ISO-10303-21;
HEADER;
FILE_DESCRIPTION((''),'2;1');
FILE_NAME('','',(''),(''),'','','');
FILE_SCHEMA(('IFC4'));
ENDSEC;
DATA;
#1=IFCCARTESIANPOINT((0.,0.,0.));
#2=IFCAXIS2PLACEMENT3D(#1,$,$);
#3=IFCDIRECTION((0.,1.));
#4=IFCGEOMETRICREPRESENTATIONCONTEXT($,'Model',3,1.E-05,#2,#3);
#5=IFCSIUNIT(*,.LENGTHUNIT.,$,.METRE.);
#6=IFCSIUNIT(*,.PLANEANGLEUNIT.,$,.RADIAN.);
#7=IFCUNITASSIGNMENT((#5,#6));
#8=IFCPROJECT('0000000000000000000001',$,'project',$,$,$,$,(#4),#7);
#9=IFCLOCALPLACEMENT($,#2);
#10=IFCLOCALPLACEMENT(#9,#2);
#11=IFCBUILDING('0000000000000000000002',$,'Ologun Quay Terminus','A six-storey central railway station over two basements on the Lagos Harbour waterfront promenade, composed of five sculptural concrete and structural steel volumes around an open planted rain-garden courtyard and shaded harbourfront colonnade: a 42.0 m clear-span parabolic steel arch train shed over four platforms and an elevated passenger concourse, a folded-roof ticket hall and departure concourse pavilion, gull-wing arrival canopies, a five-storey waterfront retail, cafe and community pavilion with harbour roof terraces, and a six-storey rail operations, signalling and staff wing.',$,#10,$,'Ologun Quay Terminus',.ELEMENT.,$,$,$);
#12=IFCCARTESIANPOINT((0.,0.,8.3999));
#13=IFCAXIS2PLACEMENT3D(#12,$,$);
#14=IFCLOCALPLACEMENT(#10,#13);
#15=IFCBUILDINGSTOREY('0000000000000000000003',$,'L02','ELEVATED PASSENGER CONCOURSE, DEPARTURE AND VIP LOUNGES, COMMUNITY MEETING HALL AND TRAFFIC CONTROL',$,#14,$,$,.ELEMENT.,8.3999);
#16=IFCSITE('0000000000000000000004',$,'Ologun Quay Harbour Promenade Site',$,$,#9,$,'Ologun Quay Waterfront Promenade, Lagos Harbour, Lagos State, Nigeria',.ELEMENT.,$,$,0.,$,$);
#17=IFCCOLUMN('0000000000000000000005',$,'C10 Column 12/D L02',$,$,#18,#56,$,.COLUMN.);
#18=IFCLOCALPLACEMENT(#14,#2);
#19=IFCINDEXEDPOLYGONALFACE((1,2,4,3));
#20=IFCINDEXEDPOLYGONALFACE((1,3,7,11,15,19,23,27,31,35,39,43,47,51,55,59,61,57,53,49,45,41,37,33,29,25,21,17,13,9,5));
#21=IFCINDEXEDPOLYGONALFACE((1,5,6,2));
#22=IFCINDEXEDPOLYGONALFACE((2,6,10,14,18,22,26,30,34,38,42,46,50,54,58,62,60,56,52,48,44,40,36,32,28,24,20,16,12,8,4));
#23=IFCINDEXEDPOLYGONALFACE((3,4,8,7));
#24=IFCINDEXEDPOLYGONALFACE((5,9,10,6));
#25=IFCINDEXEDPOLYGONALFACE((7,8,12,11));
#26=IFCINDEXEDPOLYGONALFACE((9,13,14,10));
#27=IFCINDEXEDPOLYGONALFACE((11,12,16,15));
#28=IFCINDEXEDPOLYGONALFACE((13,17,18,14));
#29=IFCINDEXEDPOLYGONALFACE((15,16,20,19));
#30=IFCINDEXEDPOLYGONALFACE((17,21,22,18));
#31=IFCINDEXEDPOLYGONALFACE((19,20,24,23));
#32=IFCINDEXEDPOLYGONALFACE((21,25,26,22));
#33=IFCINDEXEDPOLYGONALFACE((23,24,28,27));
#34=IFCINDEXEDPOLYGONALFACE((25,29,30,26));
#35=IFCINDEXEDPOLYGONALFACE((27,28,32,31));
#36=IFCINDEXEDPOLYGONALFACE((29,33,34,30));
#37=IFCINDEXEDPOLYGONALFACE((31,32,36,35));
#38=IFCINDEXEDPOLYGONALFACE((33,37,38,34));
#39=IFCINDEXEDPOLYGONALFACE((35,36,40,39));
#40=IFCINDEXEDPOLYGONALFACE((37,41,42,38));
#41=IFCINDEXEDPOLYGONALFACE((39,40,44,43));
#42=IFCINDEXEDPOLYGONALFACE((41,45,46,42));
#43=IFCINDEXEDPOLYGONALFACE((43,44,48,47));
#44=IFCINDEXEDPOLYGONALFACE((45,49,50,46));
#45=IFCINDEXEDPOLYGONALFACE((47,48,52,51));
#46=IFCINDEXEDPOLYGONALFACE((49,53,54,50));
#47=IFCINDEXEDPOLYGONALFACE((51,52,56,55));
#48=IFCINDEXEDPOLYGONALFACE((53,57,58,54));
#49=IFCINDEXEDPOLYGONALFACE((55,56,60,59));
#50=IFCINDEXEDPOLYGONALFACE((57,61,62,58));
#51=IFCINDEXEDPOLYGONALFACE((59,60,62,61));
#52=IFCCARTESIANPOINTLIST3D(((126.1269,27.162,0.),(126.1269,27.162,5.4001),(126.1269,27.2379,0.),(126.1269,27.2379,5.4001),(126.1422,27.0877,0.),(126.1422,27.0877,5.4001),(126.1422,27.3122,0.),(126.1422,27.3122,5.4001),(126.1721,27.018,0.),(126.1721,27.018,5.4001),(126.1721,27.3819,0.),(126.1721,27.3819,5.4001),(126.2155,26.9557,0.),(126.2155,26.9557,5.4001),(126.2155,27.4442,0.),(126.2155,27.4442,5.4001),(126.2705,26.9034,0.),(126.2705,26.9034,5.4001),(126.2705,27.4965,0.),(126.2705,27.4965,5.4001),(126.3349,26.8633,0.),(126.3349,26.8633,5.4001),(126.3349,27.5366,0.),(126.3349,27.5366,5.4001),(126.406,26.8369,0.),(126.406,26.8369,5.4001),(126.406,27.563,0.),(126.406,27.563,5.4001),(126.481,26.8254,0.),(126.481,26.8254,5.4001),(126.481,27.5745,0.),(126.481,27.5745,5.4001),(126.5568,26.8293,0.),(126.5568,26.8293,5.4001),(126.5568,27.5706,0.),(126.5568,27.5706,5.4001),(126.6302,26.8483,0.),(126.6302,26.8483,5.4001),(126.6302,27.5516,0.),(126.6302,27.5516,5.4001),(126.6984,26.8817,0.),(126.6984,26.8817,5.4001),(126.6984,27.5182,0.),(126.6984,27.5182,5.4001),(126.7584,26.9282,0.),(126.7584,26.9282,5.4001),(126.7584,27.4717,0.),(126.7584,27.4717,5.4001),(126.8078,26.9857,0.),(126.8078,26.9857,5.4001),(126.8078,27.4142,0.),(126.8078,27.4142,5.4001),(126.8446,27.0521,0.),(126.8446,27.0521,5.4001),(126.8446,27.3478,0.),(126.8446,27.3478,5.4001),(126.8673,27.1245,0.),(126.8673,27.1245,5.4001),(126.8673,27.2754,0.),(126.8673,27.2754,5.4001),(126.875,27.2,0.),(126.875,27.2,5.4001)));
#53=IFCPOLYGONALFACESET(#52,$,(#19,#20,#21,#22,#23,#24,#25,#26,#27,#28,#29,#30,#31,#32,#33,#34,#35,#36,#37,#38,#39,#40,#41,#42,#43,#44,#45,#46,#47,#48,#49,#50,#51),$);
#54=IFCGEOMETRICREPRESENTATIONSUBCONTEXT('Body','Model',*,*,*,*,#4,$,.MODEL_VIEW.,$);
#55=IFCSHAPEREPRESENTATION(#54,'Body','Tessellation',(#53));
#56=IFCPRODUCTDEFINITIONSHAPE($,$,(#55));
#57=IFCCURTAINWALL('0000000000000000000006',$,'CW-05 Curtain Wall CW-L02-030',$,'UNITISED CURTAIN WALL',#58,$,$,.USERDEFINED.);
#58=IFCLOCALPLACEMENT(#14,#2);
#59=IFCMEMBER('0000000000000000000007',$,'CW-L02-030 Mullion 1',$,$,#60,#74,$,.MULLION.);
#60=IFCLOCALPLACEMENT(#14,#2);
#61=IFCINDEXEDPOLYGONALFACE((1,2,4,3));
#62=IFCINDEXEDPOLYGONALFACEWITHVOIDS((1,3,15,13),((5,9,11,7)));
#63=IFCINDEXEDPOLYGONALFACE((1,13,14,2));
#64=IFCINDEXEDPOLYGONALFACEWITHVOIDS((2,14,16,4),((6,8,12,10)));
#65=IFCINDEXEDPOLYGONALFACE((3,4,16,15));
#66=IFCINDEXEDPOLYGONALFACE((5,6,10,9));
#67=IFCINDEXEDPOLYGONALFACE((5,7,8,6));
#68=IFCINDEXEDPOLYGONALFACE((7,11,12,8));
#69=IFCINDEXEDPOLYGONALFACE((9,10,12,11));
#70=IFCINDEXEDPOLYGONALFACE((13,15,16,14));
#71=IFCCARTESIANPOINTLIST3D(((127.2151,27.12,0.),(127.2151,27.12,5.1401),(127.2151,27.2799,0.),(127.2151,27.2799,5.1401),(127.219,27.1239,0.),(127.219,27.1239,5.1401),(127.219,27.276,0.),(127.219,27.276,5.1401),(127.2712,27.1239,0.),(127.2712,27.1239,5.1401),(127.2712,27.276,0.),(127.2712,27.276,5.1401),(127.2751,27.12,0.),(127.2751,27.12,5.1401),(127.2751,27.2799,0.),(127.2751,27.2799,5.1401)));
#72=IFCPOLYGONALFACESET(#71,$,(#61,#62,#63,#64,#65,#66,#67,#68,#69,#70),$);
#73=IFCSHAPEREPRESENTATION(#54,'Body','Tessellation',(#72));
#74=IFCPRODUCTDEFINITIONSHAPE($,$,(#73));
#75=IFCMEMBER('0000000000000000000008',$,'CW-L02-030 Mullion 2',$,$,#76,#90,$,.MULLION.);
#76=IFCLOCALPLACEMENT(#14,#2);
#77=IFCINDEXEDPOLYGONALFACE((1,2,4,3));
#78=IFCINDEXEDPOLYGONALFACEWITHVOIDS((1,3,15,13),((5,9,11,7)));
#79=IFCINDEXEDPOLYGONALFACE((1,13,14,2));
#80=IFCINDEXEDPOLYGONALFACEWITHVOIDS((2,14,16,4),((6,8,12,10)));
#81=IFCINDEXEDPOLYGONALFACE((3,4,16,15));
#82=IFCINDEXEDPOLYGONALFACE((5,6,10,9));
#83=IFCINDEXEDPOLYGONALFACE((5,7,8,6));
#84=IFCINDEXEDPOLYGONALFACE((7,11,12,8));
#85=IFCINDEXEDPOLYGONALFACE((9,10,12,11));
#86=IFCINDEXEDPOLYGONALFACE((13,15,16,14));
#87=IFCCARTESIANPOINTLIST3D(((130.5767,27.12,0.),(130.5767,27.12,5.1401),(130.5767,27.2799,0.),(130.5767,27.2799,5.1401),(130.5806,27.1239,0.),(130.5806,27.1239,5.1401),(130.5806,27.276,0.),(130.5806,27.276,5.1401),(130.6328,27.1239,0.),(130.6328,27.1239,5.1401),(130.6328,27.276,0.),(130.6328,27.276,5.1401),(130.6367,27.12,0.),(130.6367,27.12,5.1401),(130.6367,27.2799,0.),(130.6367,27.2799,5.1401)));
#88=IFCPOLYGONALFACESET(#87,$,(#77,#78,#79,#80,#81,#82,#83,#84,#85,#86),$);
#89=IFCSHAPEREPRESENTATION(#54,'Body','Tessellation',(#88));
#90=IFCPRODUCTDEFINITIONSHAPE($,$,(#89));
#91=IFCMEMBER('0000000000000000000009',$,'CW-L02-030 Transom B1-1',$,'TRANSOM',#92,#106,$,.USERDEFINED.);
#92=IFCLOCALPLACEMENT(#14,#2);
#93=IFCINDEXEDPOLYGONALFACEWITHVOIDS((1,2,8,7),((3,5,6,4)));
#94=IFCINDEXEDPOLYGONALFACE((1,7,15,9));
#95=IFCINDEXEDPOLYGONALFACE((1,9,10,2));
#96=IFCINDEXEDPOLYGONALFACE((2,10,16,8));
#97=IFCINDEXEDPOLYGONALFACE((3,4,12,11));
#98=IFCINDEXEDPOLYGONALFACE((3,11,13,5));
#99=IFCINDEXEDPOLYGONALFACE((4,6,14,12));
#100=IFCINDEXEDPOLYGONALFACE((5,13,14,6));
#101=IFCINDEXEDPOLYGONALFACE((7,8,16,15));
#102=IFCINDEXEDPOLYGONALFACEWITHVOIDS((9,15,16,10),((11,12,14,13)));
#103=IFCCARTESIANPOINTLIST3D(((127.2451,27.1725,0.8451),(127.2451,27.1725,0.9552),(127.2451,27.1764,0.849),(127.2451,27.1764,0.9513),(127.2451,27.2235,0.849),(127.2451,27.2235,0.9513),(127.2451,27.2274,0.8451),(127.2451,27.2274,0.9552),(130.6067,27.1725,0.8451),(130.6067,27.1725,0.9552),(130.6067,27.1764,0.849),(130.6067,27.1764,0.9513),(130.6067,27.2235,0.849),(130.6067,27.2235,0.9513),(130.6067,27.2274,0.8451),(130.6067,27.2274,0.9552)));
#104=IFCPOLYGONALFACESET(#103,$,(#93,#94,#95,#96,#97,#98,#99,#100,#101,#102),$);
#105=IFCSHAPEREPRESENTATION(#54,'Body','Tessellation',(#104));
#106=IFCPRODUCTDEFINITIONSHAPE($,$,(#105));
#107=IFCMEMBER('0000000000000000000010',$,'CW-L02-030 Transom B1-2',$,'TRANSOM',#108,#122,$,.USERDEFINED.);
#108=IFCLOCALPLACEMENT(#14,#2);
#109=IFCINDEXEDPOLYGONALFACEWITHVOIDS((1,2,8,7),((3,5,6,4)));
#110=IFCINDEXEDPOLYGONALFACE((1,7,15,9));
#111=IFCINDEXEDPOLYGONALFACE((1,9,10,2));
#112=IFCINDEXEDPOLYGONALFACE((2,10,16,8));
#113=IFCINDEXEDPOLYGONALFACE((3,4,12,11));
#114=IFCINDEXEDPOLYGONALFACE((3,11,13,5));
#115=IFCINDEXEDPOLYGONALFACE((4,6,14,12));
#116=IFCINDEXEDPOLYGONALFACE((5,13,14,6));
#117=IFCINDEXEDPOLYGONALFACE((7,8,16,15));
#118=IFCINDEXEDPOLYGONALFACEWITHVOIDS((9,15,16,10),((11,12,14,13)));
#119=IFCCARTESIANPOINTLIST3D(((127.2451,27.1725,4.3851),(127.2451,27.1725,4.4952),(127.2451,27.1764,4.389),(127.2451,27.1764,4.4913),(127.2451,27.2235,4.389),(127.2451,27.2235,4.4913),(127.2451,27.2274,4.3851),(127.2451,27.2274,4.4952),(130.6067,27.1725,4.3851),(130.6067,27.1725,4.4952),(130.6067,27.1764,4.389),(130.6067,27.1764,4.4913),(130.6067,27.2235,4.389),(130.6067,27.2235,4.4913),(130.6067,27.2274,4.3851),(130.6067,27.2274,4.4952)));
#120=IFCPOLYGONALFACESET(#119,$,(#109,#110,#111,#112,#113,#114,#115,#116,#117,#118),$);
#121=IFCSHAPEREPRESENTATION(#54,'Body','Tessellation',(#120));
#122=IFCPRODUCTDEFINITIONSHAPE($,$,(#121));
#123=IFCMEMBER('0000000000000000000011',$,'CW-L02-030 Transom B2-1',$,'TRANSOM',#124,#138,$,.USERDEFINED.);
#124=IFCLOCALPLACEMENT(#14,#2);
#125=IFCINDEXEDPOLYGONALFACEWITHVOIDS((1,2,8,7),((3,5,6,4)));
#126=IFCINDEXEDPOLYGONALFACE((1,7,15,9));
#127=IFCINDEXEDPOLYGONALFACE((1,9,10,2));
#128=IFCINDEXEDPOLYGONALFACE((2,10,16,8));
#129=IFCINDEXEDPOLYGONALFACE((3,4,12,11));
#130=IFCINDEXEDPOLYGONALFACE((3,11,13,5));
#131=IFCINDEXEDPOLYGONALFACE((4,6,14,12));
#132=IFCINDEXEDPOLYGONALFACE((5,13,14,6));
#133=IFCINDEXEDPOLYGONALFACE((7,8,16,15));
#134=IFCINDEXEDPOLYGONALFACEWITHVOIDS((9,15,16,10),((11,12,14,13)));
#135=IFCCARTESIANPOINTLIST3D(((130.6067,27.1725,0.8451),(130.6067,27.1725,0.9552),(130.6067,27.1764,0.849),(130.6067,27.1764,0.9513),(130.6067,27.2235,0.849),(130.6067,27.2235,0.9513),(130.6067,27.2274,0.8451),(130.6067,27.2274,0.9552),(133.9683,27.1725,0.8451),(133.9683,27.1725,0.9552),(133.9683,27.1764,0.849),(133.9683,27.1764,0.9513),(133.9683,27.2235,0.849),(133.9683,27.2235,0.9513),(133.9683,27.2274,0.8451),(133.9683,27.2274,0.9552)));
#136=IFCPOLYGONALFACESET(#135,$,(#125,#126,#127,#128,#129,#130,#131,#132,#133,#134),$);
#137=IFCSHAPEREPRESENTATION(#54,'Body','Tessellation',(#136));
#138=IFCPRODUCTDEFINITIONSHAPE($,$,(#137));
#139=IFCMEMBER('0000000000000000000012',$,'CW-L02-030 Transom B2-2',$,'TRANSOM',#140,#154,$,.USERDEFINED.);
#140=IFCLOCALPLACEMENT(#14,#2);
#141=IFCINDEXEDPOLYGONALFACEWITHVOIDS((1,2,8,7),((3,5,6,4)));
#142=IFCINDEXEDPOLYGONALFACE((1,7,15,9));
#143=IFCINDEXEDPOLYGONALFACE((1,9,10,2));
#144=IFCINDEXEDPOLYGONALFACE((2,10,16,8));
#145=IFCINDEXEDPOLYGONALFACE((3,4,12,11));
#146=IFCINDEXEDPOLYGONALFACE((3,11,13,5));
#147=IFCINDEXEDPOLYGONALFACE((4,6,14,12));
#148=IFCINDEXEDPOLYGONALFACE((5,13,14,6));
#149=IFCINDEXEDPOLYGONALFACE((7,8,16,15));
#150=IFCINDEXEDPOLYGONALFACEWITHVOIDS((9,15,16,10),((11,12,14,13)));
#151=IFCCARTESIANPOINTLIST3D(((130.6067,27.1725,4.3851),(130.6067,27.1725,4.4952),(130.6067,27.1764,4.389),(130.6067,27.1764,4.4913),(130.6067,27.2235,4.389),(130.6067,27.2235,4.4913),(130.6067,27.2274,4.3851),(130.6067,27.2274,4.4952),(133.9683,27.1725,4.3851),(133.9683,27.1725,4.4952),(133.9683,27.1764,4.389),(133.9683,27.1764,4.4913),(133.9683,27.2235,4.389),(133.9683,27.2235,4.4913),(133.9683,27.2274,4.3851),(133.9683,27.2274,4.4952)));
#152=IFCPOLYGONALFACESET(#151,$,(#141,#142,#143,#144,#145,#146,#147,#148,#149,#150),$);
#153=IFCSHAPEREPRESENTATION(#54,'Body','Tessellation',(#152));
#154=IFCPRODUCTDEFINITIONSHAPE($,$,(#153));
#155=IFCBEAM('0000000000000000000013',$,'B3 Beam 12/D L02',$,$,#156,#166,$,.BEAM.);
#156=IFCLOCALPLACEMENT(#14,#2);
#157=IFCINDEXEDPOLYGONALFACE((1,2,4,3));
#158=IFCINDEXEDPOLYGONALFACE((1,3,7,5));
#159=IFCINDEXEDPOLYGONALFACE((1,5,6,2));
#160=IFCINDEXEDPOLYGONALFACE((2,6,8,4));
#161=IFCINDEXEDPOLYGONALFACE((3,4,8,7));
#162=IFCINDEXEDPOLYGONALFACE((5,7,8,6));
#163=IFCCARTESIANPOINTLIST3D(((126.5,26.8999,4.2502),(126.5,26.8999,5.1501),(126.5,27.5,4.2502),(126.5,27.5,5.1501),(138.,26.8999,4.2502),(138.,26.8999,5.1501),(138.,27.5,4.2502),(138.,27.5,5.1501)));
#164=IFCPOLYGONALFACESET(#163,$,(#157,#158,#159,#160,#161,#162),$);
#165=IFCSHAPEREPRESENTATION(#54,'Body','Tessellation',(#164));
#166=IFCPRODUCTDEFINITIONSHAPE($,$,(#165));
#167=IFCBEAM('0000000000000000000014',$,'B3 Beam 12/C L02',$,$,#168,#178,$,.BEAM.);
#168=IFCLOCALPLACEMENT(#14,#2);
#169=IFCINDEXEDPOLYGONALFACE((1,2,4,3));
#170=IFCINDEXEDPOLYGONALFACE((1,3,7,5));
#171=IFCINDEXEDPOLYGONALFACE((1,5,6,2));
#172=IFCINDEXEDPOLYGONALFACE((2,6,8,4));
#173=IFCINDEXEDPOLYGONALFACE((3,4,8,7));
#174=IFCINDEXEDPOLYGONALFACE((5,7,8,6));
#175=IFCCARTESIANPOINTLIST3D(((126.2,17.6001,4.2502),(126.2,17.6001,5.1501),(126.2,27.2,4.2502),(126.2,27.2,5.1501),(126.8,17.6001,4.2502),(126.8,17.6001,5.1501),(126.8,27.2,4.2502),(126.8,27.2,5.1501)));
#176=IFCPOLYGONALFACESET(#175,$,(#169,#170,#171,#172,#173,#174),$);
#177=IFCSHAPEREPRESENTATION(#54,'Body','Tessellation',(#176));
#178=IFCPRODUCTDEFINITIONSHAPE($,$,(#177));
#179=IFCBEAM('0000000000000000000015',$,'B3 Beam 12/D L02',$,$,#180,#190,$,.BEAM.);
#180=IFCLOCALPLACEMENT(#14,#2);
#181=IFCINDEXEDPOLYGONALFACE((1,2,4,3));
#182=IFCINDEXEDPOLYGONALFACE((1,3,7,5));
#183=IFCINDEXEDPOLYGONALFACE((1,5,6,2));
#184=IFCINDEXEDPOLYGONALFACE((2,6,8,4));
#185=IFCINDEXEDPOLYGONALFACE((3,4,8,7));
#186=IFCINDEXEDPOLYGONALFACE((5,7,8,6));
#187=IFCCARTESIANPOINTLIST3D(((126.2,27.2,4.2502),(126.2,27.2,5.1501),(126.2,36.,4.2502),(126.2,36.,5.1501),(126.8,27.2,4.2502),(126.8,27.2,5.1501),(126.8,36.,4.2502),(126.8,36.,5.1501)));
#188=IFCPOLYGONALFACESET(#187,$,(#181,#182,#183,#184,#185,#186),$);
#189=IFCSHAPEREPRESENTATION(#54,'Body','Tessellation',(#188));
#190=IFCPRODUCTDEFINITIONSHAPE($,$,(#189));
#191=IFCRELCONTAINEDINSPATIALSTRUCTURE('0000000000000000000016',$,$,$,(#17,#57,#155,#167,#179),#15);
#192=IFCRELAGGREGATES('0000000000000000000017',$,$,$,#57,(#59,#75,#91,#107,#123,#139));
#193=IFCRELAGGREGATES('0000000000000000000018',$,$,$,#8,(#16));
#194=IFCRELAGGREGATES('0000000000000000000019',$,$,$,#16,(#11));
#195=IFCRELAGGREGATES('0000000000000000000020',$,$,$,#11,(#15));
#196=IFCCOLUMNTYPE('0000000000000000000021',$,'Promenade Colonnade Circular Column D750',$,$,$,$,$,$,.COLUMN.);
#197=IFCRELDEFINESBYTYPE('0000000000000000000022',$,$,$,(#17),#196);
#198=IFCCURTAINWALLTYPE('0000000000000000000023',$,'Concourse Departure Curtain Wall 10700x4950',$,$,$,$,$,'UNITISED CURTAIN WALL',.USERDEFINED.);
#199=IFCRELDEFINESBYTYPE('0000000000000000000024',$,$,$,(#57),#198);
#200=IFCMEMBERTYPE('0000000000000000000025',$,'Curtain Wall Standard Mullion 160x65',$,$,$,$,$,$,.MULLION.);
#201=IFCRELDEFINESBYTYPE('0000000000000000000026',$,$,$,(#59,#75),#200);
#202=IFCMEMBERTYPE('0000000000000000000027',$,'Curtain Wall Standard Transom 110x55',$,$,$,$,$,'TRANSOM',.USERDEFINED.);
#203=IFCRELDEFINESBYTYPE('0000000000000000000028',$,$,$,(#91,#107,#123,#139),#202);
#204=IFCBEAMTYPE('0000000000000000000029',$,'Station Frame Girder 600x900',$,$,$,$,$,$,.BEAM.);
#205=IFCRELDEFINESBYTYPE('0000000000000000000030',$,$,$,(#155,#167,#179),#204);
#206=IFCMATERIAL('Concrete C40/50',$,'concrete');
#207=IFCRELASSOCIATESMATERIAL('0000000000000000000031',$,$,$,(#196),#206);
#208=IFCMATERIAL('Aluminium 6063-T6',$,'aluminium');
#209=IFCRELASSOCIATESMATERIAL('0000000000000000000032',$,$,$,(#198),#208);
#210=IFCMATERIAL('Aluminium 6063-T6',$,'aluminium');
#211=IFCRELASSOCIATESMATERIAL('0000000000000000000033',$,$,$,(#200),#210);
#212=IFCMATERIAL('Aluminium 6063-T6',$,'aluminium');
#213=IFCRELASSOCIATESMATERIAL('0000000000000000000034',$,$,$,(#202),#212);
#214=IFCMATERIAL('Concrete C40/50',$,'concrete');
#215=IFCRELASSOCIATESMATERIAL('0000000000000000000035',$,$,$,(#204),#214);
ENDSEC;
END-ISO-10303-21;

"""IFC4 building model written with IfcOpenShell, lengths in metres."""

from ifc_helpers import new_model, si_unit, direction, frame, origin, origin_2d, place, context, subcontext, project, spatial, rectangle, hollow_rectangle, circle, extrude, material, material_profile, profile_set, type_object, element, aggregate, save


model = new_model("IFC4")

# Units and contexts
model_context = context("Model", 3, precision=1e-05, world=origin(), true_north=direction((0.0, 1.0)))
body_context = subcontext(model_context, "Body", "Model", "MODEL_VIEW")
ifc_project = project(units=[si_unit("LENGTHUNIT", "METRE"), si_unit("PLANEANGLEUNIT", "RADIAN")], contexts=[model_context])

# Site, building, storey
site_placement = place(None, origin())
site = spatial("IfcSite", under=ifc_project, at=site_placement, Name="Ologun Quay Harbour Promenade Site", LongName="Ologun Quay Waterfront Promenade, Lagos Harbour, Lagos State, Nigeria", CompositionType="ELEMENT", RefElevation=0.0)
building_placement = place(site_placement, origin())
building = spatial("IfcBuilding", under=site, at=building_placement, Name="Ologun Quay Terminus", Description="A six-storey central railway station over two basements on the Lagos Harbour waterfront promenade, composed of five sculptural concrete and structural steel volumes around an open planted rain-garden courtyard and shaded harbourfront colonnade: a 42.0 m clear-span parabolic steel arch train shed over four platforms and an elevated passenger concourse, a folded-roof ticket hall and departure concourse pavilion, gull-wing arrival canopies, a five-storey waterfront retail, cafe and community pavilion with harbour roof terraces, and a six-storey rail operations, signalling and staff wing.", LongName="Ologun Quay Terminus", CompositionType="ELEMENT")
storey_placement = place(building_placement, frame((0.0, 0.0, 8.3999)))
storey = spatial("IfcBuildingStorey", under=building, at=storey_placement, Name="L02", Description="ELEVATED PASSENGER CONCOURSE, DEPARTURE AND VIP LOUNGES, COMMUNITY MEETING HALL AND TRAFFIC CONTROL", CompositionType="ELEMENT", Elevation=8.3999)

# Column
ifc_material_1 = material(Name="Concrete C40/50", Category="concrete")
ifc_material_profile_1 = material_profile(ifc_material_1, circle(Radius=0.375, at=origin_2d()), Name="RC D750")
ifc_profile_set_1 = profile_set([ifc_material_profile_1], Name="Concrete C40/50")
column_type = type_object("IfcColumnType", Name="Promenade Colonnade Circular Column D750", PredefinedType="COLUMN", material=ifc_profile_set_1)
column_placement = place(storey_placement, frame((126.5, 27.2, 0.0), z_axis=(0.0, 0.0, 1.0), x_axis=(1.0, 0.0, 0.0)))
element("IfcColumn", 1, at=column_placement, inside=storey, type_object=column_type, Name="C10 Column 12/D L02", PredefinedType="COLUMN", context=body_context, shape_type="SweptSolid", body=[
    extrude(circle(Radius=0.375, at=origin_2d()), origin(), (0.0, 0.0, 1.0), 5.4001),
])

# Curtain wall, members
ifc_material_2 = material(Name="Aluminium 6063-T6", Category="aluminium")
curtain_wall_type = type_object("IfcCurtainWallType", Name="Concourse Departure Curtain Wall 10700x4950", ElementType="UNITISED CURTAIN WALL", PredefinedType="USERDEFINED", material=ifc_material_2)
curtain_wall_placement = place(storey_placement, origin())
curtain_wall = element("IfcCurtainWall", 2, at=curtain_wall_placement, inside=storey, type_object=curtain_wall_type, Name="CW-05 Curtain Wall CW-L02-030", ObjectType="UNITISED CURTAIN WALL", PredefinedType="USERDEFINED")
ifc_material_3 = material(Name="Aluminium 6063-T6", Category="aluminium")
ifc_material_profile_2 = material_profile(ifc_material_3, hollow_rectangle(XDim=0.0601, YDim=0.1599, WallThickness=0.0039, at=origin_2d()), Name="ALU 160x60x4")
ifc_profile_set_2 = profile_set([ifc_material_profile_2], Name="Aluminium 6063-T6")
member_type_1 = type_object("IfcMemberType", Name="Curtain Wall Standard Mullion 160x65", PredefinedType="MULLION", material=ifc_profile_set_2)
member_1_placement = place(storey_placement, frame((127.2451, 27.2, 0.0), z_axis=(0.0, 0.0, 1.0), x_axis=(1.0, 0.0, 0.0)))
member_1 = element("IfcMember", 3, at=member_1_placement, type_object=member_type_1, Name="CW-L02-030 Mullion 1", PredefinedType="MULLION", context=body_context, shape_type="SweptSolid", body=[
    extrude(hollow_rectangle(XDim=0.0601, YDim=0.1599, WallThickness=0.0039, at=origin_2d()), origin(), (0.0, 0.0, 1.0), 5.1401),
])
member_2_placement = place(storey_placement, frame((130.6067, 27.2, 0.0), z_axis=(0.0, 0.0, 1.0), x_axis=(1.0, 0.0, 0.0)))
member_2 = element("IfcMember", 4, at=member_2_placement, type_object=member_type_1, Name="CW-L02-030 Mullion 2", PredefinedType="MULLION", context=body_context, shape_type="SweptSolid", body=[
    extrude(hollow_rectangle(XDim=0.0601, YDim=0.1599, WallThickness=0.0039, at=origin_2d()), origin(), (0.0, 0.0, 1.0), 5.1401),
])
ifc_material_4 = material(Name="Aluminium 6063-T6", Category="aluminium")
ifc_material_profile_3 = material_profile(ifc_material_4, hollow_rectangle(XDim=0.0549, YDim=0.1101, WallThickness=0.0039, at=origin_2d()), Name="ALU 110x55x4")
ifc_profile_set_3 = profile_set([ifc_material_profile_3], Name="Aluminium 6063-T6")
member_type_2 = type_object("IfcMemberType", Name="Curtain Wall Standard Transom 110x55", ElementType="TRANSOM", PredefinedType="USERDEFINED", material=ifc_profile_set_3)
member_3_placement = place(storey_placement, frame((127.2451, 27.2, 0.9001), z_axis=(1.0, 0.0, 0.0), x_axis=(0.0, 1.0, 0.0)))
member_3 = element("IfcMember", 5, at=member_3_placement, type_object=member_type_2, Name="CW-L02-030 Transom B1-1", ObjectType="TRANSOM", PredefinedType="USERDEFINED", context=body_context, shape_type="SweptSolid", body=[
    extrude(hollow_rectangle(XDim=0.0549, YDim=0.1101, WallThickness=0.0039, at=origin_2d()), origin(), (0.0, 0.0, 1.0), 3.3616),
])
member_4_placement = place(storey_placement, frame((127.2451, 27.2, 4.4402), z_axis=(1.0, 0.0, 0.0), x_axis=(0.0, 1.0, 0.0)))
member_4 = element("IfcMember", 6, at=member_4_placement, type_object=member_type_2, Name="CW-L02-030 Transom B1-2", ObjectType="TRANSOM", PredefinedType="USERDEFINED", context=body_context, shape_type="SweptSolid", body=[
    extrude(hollow_rectangle(XDim=0.0549, YDim=0.1101, WallThickness=0.0039, at=origin_2d()), origin(), (0.0, 0.0, 1.0), 3.3616),
])
member_5_placement = place(storey_placement, frame((130.6067, 27.2, 0.9001), z_axis=(1.0, 0.0, 0.0), x_axis=(0.0, 1.0, 0.0)))
member_5 = element("IfcMember", 7, at=member_5_placement, type_object=member_type_2, Name="CW-L02-030 Transom B2-1", ObjectType="TRANSOM", PredefinedType="USERDEFINED", context=body_context, shape_type="SweptSolid", body=[
    extrude(hollow_rectangle(XDim=0.0549, YDim=0.1101, WallThickness=0.0039, at=origin_2d()), origin(), (0.0, 0.0, 1.0), 3.3616),
])
member_6_placement = place(storey_placement, frame((130.6067, 27.2, 4.4402), z_axis=(1.0, 0.0, 0.0), x_axis=(0.0, 1.0, 0.0)))
member_6 = element("IfcMember", 8, at=member_6_placement, type_object=member_type_2, Name="CW-L02-030 Transom B2-2", ObjectType="TRANSOM", PredefinedType="USERDEFINED", context=body_context, shape_type="SweptSolid", body=[
    extrude(hollow_rectangle(XDim=0.0549, YDim=0.1101, WallThickness=0.0039, at=origin_2d()), origin(), (0.0, 0.0, 1.0), 3.3616),
])

# Beams
ifc_material_5 = material(Name="Concrete C40/50", Category="concrete")
ifc_material_profile_4 = material_profile(ifc_material_5, rectangle(XDim=0.6001, YDim=0.8999, at=origin_2d()), Name="RC 600x900")
ifc_profile_set_4 = profile_set([ifc_material_profile_4], Name="Concrete C40/50")
beam_type = type_object("IfcBeamType", Name="Station Frame Girder 600x900", PredefinedType="BEAM", material=ifc_profile_set_4)
beam_1_placement = place(storey_placement, frame((126.5, 27.2, 4.7002), z_axis=(1.0, 0.0, 0.0), x_axis=(0.0, 1.0, 0.0)))
element("IfcBeam", 9, at=beam_1_placement, inside=storey, type_object=beam_type, Name="B3 Beam 12/D L02", PredefinedType="BEAM", context=body_context, shape_type="SweptSolid", body=[
    extrude(rectangle(XDim=0.6001, YDim=0.8999, at=origin_2d()), origin(), (0.0, 0.0, 1.0), 11.5),
])
beam_2_placement = place(storey_placement, frame((126.5, 17.6001, 4.7002), z_axis=(0.0, 1.0, 0.0), x_axis=(-1.0, 0.0, 0.0)))
element("IfcBeam", 10, at=beam_2_placement, inside=storey, type_object=beam_type, Name="B3 Beam 12/C L02", PredefinedType="BEAM", context=body_context, shape_type="SweptSolid", body=[
    extrude(rectangle(XDim=0.6001, YDim=0.8999, at=origin_2d()), origin(), (0.0, 0.0, 1.0), 9.5999),
])
beam_3_placement = place(storey_placement, frame((126.5, 27.2, 4.7002), z_axis=(0.0, 1.0, 0.0), x_axis=(-1.0, 0.0, 0.0)))
element("IfcBeam", 11, at=beam_3_placement, inside=storey, type_object=beam_type, Name="B3 Beam 12/D L02", PredefinedType="BEAM", context=body_context, shape_type="SweptSolid", body=[
    extrude(rectangle(XDim=0.6001, YDim=0.8999, at=origin_2d()), origin(), (0.0, 0.0, 1.0), 8.8),
])

aggregate(curtain_wall, [member_1, member_2, member_3, member_4, member_5, member_6])

save(model, "model.ifc")
